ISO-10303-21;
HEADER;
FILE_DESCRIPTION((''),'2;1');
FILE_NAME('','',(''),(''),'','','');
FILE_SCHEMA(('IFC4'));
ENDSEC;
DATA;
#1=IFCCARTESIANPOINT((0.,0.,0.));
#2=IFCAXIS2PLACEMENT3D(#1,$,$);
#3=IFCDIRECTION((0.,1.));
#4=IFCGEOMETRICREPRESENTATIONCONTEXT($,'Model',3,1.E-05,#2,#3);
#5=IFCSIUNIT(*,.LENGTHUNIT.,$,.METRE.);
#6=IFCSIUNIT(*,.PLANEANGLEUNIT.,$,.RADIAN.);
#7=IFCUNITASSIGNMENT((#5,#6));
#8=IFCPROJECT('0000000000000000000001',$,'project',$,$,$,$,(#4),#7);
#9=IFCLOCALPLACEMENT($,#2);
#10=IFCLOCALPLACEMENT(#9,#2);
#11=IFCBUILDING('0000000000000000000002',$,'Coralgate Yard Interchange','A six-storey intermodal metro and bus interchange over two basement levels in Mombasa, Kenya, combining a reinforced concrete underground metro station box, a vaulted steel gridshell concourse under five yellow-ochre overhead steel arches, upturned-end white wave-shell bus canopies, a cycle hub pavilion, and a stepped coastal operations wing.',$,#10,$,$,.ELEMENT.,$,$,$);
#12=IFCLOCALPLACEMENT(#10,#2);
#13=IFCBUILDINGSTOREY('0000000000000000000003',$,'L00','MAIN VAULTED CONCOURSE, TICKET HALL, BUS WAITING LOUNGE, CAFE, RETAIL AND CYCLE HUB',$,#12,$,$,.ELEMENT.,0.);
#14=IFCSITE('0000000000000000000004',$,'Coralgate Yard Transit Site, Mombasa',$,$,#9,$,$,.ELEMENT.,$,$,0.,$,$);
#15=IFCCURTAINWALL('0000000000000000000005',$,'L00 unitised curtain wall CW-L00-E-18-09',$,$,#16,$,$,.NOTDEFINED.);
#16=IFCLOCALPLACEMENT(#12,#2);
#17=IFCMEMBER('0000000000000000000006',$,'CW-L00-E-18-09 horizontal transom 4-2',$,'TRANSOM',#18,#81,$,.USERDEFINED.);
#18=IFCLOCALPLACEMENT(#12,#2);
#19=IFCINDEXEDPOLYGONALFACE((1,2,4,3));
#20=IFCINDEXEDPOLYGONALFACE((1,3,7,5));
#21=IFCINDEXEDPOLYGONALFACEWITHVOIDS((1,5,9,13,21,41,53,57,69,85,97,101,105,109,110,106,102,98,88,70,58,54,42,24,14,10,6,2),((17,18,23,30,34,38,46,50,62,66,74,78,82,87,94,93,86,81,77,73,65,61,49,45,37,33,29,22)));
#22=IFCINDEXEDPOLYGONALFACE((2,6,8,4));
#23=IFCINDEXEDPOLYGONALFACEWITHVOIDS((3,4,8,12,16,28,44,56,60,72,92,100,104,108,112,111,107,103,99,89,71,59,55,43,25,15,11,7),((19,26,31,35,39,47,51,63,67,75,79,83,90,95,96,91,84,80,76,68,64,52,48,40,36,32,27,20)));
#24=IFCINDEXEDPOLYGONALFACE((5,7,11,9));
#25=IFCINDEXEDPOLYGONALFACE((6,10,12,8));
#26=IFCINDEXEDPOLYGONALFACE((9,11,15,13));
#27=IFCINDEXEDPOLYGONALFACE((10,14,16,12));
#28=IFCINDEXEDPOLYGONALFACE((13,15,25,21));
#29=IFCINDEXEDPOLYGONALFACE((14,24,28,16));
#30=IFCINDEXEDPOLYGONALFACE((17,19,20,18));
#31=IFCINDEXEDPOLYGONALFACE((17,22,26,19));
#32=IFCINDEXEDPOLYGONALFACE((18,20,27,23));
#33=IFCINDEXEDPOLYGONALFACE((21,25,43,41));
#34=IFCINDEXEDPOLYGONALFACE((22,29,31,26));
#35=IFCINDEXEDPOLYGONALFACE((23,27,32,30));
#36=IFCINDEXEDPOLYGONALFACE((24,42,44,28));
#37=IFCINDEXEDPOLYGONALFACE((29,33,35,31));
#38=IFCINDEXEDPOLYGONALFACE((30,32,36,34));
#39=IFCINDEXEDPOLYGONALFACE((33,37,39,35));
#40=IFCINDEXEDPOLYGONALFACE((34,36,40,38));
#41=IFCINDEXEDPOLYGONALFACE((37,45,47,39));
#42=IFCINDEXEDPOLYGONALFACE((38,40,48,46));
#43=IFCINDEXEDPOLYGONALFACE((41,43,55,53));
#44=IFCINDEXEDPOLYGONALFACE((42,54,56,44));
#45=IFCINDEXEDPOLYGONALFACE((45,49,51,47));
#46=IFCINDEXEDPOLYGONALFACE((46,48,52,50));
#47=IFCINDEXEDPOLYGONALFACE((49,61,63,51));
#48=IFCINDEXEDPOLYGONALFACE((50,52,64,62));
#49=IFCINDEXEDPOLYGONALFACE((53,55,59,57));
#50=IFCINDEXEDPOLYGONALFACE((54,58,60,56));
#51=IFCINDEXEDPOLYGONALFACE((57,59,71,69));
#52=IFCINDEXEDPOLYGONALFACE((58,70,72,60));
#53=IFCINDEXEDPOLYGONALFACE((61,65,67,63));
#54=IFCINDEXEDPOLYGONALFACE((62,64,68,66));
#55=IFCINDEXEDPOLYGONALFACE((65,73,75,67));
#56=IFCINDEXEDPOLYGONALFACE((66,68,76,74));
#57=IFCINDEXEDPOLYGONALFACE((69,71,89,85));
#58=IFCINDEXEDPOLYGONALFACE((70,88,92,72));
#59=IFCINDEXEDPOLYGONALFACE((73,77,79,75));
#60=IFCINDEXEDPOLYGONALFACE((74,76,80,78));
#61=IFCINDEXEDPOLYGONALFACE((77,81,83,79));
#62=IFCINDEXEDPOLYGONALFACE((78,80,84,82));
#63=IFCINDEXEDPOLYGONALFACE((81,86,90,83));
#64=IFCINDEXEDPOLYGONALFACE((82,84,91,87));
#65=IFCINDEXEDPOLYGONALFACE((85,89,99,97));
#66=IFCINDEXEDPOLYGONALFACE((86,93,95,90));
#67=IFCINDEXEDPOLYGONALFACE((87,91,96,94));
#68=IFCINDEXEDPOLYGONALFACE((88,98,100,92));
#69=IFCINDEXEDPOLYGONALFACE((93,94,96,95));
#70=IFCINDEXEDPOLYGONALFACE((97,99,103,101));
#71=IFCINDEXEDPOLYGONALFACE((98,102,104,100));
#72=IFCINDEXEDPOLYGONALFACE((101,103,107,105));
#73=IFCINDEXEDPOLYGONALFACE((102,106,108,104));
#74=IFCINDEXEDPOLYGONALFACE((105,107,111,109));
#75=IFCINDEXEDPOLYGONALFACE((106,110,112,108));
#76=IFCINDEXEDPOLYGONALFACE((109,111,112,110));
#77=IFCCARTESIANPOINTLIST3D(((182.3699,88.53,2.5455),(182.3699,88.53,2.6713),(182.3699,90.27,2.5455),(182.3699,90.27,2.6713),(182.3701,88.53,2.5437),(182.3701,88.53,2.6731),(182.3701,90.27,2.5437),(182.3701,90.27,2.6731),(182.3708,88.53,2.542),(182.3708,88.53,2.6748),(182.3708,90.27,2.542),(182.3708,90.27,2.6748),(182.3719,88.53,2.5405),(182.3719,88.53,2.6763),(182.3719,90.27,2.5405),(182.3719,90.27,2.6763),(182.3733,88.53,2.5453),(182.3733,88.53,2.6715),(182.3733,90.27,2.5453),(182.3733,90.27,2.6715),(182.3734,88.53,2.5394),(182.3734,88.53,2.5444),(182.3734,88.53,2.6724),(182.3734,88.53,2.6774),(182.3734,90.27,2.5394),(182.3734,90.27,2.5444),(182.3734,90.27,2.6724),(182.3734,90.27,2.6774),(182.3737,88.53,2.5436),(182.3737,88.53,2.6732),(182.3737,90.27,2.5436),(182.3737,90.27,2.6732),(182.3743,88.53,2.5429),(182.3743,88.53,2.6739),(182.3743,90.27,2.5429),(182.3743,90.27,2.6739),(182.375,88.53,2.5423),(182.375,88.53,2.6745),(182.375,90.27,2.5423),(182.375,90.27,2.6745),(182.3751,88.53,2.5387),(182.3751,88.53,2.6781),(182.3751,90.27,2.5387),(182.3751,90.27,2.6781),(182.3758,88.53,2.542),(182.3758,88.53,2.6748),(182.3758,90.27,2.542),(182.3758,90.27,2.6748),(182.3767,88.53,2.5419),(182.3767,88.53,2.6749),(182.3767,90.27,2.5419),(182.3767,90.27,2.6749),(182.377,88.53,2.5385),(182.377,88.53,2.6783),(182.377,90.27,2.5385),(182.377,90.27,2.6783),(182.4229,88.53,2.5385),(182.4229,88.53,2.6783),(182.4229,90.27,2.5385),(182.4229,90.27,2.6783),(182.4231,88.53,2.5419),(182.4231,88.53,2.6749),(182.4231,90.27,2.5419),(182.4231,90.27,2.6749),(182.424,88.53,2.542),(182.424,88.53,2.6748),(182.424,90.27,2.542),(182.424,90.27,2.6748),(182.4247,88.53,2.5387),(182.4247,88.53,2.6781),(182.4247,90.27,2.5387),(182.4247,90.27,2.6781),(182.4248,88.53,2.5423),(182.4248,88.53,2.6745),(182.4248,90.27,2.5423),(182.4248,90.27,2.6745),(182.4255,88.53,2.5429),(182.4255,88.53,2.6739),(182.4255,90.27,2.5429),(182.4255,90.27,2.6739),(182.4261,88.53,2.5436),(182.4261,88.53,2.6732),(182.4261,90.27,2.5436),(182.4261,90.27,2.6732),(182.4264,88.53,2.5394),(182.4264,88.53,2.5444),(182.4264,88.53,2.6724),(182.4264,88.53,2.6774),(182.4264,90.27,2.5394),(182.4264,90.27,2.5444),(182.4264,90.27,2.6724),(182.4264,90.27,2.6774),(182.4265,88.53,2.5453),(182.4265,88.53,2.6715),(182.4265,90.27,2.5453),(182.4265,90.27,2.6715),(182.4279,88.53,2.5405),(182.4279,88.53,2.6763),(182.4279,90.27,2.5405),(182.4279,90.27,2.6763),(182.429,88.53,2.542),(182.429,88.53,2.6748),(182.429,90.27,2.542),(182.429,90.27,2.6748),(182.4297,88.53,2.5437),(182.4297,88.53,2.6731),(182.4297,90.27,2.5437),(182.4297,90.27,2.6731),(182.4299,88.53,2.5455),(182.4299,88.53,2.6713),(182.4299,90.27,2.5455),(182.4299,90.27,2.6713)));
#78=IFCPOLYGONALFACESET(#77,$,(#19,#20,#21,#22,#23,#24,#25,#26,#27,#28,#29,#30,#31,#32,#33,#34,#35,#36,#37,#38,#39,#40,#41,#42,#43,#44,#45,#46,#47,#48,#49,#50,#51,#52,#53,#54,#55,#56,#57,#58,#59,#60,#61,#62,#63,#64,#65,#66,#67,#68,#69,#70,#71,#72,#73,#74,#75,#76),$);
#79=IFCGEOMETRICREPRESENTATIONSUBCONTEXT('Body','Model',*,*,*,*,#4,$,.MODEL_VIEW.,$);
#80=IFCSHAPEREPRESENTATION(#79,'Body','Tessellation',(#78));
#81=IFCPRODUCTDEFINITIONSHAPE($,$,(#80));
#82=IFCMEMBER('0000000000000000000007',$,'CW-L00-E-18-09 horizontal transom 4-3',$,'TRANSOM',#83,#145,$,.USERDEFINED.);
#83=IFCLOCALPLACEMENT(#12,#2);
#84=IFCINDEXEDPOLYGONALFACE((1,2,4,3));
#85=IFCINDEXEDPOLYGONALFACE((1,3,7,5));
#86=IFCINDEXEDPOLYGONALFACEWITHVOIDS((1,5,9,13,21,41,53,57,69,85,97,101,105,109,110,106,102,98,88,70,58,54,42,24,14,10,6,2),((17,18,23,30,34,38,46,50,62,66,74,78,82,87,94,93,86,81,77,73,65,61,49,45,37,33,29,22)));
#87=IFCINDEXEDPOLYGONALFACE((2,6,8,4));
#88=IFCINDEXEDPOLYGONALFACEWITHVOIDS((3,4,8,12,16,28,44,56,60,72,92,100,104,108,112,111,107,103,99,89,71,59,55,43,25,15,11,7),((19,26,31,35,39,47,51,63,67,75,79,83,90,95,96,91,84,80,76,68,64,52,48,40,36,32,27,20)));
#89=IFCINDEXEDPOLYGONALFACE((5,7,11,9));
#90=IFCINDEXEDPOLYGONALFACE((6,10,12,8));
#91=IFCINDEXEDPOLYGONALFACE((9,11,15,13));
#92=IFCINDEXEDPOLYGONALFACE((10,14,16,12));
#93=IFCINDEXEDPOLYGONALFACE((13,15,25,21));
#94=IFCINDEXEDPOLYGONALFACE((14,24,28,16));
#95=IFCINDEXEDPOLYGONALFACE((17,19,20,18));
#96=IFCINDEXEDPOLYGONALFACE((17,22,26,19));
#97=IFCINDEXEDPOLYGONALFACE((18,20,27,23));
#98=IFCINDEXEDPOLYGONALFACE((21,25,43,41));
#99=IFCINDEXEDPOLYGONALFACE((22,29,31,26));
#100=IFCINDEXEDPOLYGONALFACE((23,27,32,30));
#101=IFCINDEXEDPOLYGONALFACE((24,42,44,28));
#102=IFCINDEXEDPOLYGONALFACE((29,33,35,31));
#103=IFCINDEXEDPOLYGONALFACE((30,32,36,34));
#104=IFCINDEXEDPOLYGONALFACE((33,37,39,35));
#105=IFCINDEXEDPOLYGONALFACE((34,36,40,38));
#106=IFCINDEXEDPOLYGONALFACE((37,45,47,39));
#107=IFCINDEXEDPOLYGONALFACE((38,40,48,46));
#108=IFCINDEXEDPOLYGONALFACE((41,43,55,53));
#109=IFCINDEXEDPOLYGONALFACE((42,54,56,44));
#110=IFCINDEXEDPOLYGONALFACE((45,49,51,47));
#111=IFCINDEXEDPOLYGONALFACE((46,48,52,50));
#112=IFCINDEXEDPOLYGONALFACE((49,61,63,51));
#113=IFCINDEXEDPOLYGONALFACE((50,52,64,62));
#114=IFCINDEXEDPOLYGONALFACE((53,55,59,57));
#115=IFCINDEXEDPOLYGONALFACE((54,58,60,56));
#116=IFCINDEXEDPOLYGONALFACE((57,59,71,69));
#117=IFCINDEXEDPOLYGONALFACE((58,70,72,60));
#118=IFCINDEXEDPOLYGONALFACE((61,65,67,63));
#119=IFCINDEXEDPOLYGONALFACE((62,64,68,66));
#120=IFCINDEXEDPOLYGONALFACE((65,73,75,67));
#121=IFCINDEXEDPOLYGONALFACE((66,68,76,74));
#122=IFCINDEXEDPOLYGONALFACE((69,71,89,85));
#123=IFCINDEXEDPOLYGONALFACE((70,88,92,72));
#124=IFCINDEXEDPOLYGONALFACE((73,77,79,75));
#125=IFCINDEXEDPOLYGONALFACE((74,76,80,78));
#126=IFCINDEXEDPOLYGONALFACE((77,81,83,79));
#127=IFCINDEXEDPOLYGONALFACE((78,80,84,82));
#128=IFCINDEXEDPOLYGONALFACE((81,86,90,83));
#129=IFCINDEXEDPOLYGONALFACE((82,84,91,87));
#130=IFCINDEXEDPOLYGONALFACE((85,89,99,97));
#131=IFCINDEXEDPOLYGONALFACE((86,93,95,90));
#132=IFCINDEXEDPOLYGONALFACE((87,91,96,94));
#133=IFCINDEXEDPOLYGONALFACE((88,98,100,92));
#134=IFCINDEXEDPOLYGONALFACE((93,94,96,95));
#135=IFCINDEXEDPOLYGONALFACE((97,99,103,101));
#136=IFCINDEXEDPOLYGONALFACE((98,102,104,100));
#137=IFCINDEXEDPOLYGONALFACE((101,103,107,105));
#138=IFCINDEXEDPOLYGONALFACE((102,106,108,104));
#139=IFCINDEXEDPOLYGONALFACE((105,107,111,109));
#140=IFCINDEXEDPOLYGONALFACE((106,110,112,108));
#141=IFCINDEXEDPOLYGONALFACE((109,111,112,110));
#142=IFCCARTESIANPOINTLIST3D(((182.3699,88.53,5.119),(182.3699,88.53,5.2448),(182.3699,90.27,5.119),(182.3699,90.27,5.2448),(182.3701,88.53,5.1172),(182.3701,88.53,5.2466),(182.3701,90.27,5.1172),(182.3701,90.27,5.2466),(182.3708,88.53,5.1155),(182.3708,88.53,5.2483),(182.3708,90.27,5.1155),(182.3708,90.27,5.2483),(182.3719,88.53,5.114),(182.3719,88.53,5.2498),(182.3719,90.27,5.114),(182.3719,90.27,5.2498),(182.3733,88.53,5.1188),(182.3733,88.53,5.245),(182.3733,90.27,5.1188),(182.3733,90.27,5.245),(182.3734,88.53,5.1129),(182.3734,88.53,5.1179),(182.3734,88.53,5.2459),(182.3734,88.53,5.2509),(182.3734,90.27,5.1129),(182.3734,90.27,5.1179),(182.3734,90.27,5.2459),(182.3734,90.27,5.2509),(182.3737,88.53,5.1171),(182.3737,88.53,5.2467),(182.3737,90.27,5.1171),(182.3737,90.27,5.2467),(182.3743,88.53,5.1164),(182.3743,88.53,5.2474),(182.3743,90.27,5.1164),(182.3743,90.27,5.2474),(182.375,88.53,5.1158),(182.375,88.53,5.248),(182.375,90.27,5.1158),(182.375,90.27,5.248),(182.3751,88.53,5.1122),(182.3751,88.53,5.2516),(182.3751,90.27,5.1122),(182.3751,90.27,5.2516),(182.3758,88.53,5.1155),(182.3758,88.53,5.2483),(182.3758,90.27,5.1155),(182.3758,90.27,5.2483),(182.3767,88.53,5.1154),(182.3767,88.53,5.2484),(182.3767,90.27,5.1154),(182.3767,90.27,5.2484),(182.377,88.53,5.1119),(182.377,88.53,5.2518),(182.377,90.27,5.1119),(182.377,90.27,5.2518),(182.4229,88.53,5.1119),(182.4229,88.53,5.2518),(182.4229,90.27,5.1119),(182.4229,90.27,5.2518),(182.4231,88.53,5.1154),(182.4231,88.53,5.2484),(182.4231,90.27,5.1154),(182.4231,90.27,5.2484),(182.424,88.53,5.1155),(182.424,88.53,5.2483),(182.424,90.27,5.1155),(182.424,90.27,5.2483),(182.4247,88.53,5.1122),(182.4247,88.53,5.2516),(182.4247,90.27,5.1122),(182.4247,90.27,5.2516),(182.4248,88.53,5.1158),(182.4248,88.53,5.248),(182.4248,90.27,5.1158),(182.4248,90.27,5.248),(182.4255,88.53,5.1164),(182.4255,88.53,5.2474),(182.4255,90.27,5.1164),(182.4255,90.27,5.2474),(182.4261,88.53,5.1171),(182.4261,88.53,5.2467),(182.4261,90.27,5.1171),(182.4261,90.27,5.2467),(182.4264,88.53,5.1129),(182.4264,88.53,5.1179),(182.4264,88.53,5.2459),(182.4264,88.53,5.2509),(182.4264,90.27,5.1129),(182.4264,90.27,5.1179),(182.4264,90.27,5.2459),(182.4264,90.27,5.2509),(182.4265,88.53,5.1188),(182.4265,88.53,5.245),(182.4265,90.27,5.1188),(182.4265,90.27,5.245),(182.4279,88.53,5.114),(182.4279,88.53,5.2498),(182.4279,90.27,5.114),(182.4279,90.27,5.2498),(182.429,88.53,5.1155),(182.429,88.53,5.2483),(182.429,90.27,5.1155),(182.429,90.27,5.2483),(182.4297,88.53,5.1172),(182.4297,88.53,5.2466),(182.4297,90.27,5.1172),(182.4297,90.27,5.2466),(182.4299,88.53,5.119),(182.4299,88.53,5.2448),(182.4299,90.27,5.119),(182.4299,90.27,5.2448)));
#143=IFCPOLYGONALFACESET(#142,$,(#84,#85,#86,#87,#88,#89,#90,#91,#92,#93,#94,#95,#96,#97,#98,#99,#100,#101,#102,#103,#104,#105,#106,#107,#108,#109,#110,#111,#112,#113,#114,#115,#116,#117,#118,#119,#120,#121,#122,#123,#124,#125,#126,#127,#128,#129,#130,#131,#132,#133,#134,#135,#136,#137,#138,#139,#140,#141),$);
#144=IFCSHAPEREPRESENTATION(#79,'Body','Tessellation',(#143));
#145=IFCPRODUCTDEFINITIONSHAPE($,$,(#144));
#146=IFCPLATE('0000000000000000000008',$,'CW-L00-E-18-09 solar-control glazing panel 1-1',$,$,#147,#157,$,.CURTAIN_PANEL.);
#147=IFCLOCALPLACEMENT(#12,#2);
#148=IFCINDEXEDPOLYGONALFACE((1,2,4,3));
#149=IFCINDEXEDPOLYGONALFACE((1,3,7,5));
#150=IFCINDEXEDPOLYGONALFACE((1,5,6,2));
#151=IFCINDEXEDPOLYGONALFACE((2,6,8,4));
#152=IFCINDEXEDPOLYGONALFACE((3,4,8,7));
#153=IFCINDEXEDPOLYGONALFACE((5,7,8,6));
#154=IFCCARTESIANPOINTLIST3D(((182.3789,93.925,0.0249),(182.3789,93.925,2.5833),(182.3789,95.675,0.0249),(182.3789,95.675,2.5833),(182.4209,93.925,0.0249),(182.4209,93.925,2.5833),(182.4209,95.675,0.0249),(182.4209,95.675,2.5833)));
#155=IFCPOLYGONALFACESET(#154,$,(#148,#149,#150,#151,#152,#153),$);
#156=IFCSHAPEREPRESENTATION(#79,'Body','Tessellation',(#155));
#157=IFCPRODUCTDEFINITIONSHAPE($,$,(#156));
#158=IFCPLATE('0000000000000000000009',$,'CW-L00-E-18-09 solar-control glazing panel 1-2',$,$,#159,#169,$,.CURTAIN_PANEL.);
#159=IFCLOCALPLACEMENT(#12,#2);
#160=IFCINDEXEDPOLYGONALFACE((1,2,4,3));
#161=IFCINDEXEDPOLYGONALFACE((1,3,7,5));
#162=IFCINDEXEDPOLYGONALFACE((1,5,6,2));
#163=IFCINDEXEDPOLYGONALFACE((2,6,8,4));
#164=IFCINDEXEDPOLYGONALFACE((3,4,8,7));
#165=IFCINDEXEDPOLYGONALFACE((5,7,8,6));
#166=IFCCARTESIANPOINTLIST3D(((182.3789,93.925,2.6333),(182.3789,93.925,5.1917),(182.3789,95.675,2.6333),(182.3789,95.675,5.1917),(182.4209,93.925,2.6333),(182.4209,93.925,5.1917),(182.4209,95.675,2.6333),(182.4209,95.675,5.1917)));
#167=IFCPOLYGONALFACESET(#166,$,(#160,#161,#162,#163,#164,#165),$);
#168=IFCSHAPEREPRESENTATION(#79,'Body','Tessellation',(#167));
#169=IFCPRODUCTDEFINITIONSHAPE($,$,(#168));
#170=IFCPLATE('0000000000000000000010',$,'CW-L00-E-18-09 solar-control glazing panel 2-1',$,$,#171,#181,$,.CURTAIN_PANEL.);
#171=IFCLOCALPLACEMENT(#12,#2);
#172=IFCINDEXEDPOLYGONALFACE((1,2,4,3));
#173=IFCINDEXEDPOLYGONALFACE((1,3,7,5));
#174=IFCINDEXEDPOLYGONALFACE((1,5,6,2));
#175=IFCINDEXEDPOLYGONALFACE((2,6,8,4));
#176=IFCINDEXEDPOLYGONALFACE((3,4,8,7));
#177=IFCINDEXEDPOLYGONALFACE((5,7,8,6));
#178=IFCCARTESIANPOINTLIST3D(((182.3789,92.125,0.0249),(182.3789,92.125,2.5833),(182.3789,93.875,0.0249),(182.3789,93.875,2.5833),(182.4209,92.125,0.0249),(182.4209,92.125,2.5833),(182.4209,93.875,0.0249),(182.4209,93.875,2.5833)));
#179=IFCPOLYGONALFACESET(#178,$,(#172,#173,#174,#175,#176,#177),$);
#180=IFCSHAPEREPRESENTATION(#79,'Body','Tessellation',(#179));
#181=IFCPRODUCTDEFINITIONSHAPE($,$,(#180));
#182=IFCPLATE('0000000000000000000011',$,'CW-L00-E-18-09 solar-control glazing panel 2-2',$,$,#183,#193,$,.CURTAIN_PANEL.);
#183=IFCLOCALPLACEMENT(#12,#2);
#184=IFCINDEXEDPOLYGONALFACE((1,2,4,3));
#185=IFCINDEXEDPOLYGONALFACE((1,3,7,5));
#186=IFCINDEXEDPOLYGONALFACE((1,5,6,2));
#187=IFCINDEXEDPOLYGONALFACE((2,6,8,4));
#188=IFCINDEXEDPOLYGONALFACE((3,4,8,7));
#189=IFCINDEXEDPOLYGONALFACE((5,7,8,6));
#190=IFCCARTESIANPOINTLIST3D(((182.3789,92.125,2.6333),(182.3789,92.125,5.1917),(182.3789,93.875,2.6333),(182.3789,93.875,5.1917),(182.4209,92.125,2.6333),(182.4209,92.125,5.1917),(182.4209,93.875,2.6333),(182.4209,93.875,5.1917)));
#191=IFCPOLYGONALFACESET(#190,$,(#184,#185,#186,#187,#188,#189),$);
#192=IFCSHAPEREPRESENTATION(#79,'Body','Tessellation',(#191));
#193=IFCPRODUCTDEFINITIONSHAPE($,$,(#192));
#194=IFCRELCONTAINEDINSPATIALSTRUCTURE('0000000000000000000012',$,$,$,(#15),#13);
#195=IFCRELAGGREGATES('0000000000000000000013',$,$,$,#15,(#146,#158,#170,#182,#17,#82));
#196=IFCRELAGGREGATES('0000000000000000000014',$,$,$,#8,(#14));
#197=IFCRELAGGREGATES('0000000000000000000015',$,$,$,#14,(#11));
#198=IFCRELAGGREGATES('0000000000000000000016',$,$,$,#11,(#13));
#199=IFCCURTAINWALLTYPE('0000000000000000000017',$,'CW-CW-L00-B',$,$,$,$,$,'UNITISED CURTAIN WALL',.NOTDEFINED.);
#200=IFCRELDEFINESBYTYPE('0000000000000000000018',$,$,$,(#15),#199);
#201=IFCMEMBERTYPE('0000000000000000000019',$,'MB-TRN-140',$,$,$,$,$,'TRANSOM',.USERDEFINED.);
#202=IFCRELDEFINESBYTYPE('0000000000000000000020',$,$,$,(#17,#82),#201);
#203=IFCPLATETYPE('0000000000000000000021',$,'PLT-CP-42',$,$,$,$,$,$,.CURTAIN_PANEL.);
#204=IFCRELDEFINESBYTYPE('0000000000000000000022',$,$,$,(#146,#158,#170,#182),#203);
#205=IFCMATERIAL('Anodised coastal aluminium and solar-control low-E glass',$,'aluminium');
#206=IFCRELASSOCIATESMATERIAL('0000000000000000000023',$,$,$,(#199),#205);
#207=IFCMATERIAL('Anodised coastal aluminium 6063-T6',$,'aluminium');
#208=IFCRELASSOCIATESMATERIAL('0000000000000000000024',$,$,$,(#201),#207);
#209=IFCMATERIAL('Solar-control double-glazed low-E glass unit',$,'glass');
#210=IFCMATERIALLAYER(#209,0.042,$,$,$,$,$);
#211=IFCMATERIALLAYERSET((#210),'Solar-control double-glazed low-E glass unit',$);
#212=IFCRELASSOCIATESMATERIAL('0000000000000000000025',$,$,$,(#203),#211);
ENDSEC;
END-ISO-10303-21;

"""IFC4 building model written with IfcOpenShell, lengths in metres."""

from ifc_helpers import new_model, si_unit, direction, frame, origin, origin_2d, place, context, subcontext, project, spatial, rectangle, hollow_rectangle, extrude, material, layer, layer_set, material_profile, profile_set, type_object, element, aggregate, save


model = new_model("IFC4")

# Units and contexts
model_context = context("Model", 3, precision=1e-05, world=origin(), true_north=direction((0.0, 1.0)))
body_context = subcontext(model_context, "Body", "Model", "MODEL_VIEW")
ifc_project = project(units=[si_unit("LENGTHUNIT", "METRE"), si_unit("PLANEANGLEUNIT", "RADIAN")], contexts=[model_context])

# Site, building, storey
site_placement = place(None, origin())
site = spatial("IfcSite", under=ifc_project, at=site_placement, Name="Coralgate Yard Transit Site, Mombasa", CompositionType="ELEMENT", RefElevation=0.0)
building_placement = place(site_placement, origin())
building = spatial("IfcBuilding", under=site, at=building_placement, Name="Coralgate Yard Interchange", Description="A six-storey intermodal metro and bus interchange over two basement levels in Mombasa, Kenya, combining a reinforced concrete underground metro station box, a vaulted steel gridshell concourse under five yellow-ochre overhead steel arches, upturned-end white wave-shell bus canopies, a cycle hub pavilion, and a stepped coastal operations wing.", CompositionType="ELEMENT")
storey_placement = place(building_placement, origin())
storey = spatial("IfcBuildingStorey", under=building, at=storey_placement, Name="L00", Description="MAIN VAULTED CONCOURSE, TICKET HALL, BUS WAITING LOUNGE, CAFE, RETAIL AND CYCLE HUB", CompositionType="ELEMENT", Elevation=0.0)

# Curtain wall, members, plates
ifc_material_1 = material(Name="Anodised coastal aluminium and solar-control low-E glass", Category="aluminium")
curtain_wall_type = type_object("IfcCurtainWallType", Name="CW-CW-L00-B", ElementType="UNITISED CURTAIN WALL", PredefinedType="NOTDEFINED", material=ifc_material_1)
curtain_wall_placement = place(storey_placement, origin())
curtain_wall = element("IfcCurtainWall", 1, at=curtain_wall_placement, inside=storey, type_object=curtain_wall_type, Name="L00 unitised curtain wall CW-L00-E-18-09", PredefinedType="NOTDEFINED")
ifc_material_2 = material(Name="Anodised coastal aluminium 6063-T6", Category="aluminium")
ifc_material_profile_1 = material_profile(ifc_material_2, hollow_rectangle(XDim=0.0601, YDim=0.1399, WallThickness=0.0034, InnerFilletRadius=0.0034, OuterFilletRadius=0.0071, at=origin_2d()), Name="ALU 60x140x3.5")
ifc_profile_set_1 = profile_set([ifc_material_profile_1], Name="Anodised coastal aluminium 6063-T6")
member_type_1 = type_object("IfcMemberType", Name="MB-TRN-140", ElementType="TRANSOM", PredefinedType="USERDEFINED", material=ifc_profile_set_1)
member_1_placement = place(storey_placement, frame((182.3999, 90.27, 2.6084), z_axis=(0.0, -1.0, 0.0), x_axis=(1.0, 0.0, 0.0)))
member_1 = element("IfcMember", 2, at=member_1_placement, type_object=member_type_1, Name="CW-L00-E-18-09 horizontal transom 4-2", ObjectType="TRANSOM", PredefinedType="USERDEFINED", context=body_context, shape_type="SweptSolid", body=[
    extrude(hollow_rectangle(XDim=0.0601, YDim=0.1399, WallThickness=0.0034, InnerFilletRadius=0.0034, OuterFilletRadius=0.0071, at=origin_2d()), origin(), (0.0, 0.0, 1.0), 1.74),
])
member_2_placement = place(storey_placement, frame((182.3999, 90.27, 5.1819), z_axis=(0.0, -1.0, 0.0), x_axis=(1.0, 0.0, 0.0)))
member_2 = element("IfcMember", 3, at=member_2_placement, type_object=member_type_1, Name="CW-L00-E-18-09 horizontal transom 4-3", ObjectType="TRANSOM", PredefinedType="USERDEFINED", context=body_context, shape_type="SweptSolid", body=[
    extrude(hollow_rectangle(XDim=0.0601, YDim=0.1399, WallThickness=0.0034, InnerFilletRadius=0.0034, OuterFilletRadius=0.0071, at=origin_2d()), origin(), (0.0, 0.0, 1.0), 1.74),
])
ifc_material_3 = material(Name="Solar-control double-glazed low-E glass unit", Category="glass")
ifc_layer = layer(ifc_material_3, 0.042)
ifc_layer_set = layer_set([ifc_layer], Name="Solar-control double-glazed low-E glass unit")
plate_type = type_object("IfcPlateType", Name="PLT-CP-42", PredefinedType="CURTAIN_PANEL", material=ifc_layer_set)
plate_1_placement = place(storey_placement, frame((182.3999, 94.8, 0.0249), z_axis=(0.0, 0.0, 1.0), x_axis=(0.0, -1.0, 0.0)))
plate_1 = element("IfcPlate", 4, at=plate_1_placement, type_object=plate_type, Name="CW-L00-E-18-09 solar-control glazing panel 1-1", PredefinedType="CURTAIN_PANEL", context=body_context, shape_type="SweptSolid", body=[
    extrude(rectangle(XDim=1.75, YDim=0.042, at=origin_2d()), origin(), (0.0, 0.0, 1.0), 2.5583),
])
plate_2_placement = place(storey_placement, frame((182.3999, 94.8, 2.6333), z_axis=(0.0, 0.0, 1.0), x_axis=(0.0, -1.0, 0.0)))
plate_2 = element("IfcPlate", 5, at=plate_2_placement, type_object=plate_type, Name="CW-L00-E-18-09 solar-control glazing panel 1-2", PredefinedType="CURTAIN_PANEL", context=body_context, shape_type="SweptSolid", body=[
    extrude(rectangle(XDim=1.75, YDim=0.042, at=origin_2d()), origin(), (0.0, 0.0, 1.0), 2.5583),
])
plate_3_placement = place(storey_placement, frame((182.3999, 93.0, 0.0249), z_axis=(0.0, 0.0, 1.0), x_axis=(0.0, -1.0, 0.0)))
plate_3 = element("IfcPlate", 6, at=plate_3_placement, type_object=plate_type, Name="CW-L00-E-18-09 solar-control glazing panel 2-1", PredefinedType="CURTAIN_PANEL", context=body_context, shape_type="SweptSolid", body=[
    extrude(rectangle(XDim=1.75, YDim=0.042, at=origin_2d()), origin(), (0.0, 0.0, 1.0), 2.5583),
])
plate_4_placement = place(storey_placement, frame((182.3999, 93.0, 2.6333), z_axis=(0.0, 0.0, 1.0), x_axis=(0.0, -1.0, 0.0)))
plate_4 = element("IfcPlate", 7, at=plate_4_placement, type_object=plate_type, Name="CW-L00-E-18-09 solar-control glazing panel 2-2", PredefinedType="CURTAIN_PANEL", context=body_context, shape_type="SweptSolid", body=[
    extrude(rectangle(XDim=1.75, YDim=0.042, at=origin_2d()), origin(), (0.0, 0.0, 1.0), 2.5583),
])
aggregate(curtain_wall, [plate_1, plate_2, plate_3, plate_4, member_1, member_2])

save(model, "model.ifc")
